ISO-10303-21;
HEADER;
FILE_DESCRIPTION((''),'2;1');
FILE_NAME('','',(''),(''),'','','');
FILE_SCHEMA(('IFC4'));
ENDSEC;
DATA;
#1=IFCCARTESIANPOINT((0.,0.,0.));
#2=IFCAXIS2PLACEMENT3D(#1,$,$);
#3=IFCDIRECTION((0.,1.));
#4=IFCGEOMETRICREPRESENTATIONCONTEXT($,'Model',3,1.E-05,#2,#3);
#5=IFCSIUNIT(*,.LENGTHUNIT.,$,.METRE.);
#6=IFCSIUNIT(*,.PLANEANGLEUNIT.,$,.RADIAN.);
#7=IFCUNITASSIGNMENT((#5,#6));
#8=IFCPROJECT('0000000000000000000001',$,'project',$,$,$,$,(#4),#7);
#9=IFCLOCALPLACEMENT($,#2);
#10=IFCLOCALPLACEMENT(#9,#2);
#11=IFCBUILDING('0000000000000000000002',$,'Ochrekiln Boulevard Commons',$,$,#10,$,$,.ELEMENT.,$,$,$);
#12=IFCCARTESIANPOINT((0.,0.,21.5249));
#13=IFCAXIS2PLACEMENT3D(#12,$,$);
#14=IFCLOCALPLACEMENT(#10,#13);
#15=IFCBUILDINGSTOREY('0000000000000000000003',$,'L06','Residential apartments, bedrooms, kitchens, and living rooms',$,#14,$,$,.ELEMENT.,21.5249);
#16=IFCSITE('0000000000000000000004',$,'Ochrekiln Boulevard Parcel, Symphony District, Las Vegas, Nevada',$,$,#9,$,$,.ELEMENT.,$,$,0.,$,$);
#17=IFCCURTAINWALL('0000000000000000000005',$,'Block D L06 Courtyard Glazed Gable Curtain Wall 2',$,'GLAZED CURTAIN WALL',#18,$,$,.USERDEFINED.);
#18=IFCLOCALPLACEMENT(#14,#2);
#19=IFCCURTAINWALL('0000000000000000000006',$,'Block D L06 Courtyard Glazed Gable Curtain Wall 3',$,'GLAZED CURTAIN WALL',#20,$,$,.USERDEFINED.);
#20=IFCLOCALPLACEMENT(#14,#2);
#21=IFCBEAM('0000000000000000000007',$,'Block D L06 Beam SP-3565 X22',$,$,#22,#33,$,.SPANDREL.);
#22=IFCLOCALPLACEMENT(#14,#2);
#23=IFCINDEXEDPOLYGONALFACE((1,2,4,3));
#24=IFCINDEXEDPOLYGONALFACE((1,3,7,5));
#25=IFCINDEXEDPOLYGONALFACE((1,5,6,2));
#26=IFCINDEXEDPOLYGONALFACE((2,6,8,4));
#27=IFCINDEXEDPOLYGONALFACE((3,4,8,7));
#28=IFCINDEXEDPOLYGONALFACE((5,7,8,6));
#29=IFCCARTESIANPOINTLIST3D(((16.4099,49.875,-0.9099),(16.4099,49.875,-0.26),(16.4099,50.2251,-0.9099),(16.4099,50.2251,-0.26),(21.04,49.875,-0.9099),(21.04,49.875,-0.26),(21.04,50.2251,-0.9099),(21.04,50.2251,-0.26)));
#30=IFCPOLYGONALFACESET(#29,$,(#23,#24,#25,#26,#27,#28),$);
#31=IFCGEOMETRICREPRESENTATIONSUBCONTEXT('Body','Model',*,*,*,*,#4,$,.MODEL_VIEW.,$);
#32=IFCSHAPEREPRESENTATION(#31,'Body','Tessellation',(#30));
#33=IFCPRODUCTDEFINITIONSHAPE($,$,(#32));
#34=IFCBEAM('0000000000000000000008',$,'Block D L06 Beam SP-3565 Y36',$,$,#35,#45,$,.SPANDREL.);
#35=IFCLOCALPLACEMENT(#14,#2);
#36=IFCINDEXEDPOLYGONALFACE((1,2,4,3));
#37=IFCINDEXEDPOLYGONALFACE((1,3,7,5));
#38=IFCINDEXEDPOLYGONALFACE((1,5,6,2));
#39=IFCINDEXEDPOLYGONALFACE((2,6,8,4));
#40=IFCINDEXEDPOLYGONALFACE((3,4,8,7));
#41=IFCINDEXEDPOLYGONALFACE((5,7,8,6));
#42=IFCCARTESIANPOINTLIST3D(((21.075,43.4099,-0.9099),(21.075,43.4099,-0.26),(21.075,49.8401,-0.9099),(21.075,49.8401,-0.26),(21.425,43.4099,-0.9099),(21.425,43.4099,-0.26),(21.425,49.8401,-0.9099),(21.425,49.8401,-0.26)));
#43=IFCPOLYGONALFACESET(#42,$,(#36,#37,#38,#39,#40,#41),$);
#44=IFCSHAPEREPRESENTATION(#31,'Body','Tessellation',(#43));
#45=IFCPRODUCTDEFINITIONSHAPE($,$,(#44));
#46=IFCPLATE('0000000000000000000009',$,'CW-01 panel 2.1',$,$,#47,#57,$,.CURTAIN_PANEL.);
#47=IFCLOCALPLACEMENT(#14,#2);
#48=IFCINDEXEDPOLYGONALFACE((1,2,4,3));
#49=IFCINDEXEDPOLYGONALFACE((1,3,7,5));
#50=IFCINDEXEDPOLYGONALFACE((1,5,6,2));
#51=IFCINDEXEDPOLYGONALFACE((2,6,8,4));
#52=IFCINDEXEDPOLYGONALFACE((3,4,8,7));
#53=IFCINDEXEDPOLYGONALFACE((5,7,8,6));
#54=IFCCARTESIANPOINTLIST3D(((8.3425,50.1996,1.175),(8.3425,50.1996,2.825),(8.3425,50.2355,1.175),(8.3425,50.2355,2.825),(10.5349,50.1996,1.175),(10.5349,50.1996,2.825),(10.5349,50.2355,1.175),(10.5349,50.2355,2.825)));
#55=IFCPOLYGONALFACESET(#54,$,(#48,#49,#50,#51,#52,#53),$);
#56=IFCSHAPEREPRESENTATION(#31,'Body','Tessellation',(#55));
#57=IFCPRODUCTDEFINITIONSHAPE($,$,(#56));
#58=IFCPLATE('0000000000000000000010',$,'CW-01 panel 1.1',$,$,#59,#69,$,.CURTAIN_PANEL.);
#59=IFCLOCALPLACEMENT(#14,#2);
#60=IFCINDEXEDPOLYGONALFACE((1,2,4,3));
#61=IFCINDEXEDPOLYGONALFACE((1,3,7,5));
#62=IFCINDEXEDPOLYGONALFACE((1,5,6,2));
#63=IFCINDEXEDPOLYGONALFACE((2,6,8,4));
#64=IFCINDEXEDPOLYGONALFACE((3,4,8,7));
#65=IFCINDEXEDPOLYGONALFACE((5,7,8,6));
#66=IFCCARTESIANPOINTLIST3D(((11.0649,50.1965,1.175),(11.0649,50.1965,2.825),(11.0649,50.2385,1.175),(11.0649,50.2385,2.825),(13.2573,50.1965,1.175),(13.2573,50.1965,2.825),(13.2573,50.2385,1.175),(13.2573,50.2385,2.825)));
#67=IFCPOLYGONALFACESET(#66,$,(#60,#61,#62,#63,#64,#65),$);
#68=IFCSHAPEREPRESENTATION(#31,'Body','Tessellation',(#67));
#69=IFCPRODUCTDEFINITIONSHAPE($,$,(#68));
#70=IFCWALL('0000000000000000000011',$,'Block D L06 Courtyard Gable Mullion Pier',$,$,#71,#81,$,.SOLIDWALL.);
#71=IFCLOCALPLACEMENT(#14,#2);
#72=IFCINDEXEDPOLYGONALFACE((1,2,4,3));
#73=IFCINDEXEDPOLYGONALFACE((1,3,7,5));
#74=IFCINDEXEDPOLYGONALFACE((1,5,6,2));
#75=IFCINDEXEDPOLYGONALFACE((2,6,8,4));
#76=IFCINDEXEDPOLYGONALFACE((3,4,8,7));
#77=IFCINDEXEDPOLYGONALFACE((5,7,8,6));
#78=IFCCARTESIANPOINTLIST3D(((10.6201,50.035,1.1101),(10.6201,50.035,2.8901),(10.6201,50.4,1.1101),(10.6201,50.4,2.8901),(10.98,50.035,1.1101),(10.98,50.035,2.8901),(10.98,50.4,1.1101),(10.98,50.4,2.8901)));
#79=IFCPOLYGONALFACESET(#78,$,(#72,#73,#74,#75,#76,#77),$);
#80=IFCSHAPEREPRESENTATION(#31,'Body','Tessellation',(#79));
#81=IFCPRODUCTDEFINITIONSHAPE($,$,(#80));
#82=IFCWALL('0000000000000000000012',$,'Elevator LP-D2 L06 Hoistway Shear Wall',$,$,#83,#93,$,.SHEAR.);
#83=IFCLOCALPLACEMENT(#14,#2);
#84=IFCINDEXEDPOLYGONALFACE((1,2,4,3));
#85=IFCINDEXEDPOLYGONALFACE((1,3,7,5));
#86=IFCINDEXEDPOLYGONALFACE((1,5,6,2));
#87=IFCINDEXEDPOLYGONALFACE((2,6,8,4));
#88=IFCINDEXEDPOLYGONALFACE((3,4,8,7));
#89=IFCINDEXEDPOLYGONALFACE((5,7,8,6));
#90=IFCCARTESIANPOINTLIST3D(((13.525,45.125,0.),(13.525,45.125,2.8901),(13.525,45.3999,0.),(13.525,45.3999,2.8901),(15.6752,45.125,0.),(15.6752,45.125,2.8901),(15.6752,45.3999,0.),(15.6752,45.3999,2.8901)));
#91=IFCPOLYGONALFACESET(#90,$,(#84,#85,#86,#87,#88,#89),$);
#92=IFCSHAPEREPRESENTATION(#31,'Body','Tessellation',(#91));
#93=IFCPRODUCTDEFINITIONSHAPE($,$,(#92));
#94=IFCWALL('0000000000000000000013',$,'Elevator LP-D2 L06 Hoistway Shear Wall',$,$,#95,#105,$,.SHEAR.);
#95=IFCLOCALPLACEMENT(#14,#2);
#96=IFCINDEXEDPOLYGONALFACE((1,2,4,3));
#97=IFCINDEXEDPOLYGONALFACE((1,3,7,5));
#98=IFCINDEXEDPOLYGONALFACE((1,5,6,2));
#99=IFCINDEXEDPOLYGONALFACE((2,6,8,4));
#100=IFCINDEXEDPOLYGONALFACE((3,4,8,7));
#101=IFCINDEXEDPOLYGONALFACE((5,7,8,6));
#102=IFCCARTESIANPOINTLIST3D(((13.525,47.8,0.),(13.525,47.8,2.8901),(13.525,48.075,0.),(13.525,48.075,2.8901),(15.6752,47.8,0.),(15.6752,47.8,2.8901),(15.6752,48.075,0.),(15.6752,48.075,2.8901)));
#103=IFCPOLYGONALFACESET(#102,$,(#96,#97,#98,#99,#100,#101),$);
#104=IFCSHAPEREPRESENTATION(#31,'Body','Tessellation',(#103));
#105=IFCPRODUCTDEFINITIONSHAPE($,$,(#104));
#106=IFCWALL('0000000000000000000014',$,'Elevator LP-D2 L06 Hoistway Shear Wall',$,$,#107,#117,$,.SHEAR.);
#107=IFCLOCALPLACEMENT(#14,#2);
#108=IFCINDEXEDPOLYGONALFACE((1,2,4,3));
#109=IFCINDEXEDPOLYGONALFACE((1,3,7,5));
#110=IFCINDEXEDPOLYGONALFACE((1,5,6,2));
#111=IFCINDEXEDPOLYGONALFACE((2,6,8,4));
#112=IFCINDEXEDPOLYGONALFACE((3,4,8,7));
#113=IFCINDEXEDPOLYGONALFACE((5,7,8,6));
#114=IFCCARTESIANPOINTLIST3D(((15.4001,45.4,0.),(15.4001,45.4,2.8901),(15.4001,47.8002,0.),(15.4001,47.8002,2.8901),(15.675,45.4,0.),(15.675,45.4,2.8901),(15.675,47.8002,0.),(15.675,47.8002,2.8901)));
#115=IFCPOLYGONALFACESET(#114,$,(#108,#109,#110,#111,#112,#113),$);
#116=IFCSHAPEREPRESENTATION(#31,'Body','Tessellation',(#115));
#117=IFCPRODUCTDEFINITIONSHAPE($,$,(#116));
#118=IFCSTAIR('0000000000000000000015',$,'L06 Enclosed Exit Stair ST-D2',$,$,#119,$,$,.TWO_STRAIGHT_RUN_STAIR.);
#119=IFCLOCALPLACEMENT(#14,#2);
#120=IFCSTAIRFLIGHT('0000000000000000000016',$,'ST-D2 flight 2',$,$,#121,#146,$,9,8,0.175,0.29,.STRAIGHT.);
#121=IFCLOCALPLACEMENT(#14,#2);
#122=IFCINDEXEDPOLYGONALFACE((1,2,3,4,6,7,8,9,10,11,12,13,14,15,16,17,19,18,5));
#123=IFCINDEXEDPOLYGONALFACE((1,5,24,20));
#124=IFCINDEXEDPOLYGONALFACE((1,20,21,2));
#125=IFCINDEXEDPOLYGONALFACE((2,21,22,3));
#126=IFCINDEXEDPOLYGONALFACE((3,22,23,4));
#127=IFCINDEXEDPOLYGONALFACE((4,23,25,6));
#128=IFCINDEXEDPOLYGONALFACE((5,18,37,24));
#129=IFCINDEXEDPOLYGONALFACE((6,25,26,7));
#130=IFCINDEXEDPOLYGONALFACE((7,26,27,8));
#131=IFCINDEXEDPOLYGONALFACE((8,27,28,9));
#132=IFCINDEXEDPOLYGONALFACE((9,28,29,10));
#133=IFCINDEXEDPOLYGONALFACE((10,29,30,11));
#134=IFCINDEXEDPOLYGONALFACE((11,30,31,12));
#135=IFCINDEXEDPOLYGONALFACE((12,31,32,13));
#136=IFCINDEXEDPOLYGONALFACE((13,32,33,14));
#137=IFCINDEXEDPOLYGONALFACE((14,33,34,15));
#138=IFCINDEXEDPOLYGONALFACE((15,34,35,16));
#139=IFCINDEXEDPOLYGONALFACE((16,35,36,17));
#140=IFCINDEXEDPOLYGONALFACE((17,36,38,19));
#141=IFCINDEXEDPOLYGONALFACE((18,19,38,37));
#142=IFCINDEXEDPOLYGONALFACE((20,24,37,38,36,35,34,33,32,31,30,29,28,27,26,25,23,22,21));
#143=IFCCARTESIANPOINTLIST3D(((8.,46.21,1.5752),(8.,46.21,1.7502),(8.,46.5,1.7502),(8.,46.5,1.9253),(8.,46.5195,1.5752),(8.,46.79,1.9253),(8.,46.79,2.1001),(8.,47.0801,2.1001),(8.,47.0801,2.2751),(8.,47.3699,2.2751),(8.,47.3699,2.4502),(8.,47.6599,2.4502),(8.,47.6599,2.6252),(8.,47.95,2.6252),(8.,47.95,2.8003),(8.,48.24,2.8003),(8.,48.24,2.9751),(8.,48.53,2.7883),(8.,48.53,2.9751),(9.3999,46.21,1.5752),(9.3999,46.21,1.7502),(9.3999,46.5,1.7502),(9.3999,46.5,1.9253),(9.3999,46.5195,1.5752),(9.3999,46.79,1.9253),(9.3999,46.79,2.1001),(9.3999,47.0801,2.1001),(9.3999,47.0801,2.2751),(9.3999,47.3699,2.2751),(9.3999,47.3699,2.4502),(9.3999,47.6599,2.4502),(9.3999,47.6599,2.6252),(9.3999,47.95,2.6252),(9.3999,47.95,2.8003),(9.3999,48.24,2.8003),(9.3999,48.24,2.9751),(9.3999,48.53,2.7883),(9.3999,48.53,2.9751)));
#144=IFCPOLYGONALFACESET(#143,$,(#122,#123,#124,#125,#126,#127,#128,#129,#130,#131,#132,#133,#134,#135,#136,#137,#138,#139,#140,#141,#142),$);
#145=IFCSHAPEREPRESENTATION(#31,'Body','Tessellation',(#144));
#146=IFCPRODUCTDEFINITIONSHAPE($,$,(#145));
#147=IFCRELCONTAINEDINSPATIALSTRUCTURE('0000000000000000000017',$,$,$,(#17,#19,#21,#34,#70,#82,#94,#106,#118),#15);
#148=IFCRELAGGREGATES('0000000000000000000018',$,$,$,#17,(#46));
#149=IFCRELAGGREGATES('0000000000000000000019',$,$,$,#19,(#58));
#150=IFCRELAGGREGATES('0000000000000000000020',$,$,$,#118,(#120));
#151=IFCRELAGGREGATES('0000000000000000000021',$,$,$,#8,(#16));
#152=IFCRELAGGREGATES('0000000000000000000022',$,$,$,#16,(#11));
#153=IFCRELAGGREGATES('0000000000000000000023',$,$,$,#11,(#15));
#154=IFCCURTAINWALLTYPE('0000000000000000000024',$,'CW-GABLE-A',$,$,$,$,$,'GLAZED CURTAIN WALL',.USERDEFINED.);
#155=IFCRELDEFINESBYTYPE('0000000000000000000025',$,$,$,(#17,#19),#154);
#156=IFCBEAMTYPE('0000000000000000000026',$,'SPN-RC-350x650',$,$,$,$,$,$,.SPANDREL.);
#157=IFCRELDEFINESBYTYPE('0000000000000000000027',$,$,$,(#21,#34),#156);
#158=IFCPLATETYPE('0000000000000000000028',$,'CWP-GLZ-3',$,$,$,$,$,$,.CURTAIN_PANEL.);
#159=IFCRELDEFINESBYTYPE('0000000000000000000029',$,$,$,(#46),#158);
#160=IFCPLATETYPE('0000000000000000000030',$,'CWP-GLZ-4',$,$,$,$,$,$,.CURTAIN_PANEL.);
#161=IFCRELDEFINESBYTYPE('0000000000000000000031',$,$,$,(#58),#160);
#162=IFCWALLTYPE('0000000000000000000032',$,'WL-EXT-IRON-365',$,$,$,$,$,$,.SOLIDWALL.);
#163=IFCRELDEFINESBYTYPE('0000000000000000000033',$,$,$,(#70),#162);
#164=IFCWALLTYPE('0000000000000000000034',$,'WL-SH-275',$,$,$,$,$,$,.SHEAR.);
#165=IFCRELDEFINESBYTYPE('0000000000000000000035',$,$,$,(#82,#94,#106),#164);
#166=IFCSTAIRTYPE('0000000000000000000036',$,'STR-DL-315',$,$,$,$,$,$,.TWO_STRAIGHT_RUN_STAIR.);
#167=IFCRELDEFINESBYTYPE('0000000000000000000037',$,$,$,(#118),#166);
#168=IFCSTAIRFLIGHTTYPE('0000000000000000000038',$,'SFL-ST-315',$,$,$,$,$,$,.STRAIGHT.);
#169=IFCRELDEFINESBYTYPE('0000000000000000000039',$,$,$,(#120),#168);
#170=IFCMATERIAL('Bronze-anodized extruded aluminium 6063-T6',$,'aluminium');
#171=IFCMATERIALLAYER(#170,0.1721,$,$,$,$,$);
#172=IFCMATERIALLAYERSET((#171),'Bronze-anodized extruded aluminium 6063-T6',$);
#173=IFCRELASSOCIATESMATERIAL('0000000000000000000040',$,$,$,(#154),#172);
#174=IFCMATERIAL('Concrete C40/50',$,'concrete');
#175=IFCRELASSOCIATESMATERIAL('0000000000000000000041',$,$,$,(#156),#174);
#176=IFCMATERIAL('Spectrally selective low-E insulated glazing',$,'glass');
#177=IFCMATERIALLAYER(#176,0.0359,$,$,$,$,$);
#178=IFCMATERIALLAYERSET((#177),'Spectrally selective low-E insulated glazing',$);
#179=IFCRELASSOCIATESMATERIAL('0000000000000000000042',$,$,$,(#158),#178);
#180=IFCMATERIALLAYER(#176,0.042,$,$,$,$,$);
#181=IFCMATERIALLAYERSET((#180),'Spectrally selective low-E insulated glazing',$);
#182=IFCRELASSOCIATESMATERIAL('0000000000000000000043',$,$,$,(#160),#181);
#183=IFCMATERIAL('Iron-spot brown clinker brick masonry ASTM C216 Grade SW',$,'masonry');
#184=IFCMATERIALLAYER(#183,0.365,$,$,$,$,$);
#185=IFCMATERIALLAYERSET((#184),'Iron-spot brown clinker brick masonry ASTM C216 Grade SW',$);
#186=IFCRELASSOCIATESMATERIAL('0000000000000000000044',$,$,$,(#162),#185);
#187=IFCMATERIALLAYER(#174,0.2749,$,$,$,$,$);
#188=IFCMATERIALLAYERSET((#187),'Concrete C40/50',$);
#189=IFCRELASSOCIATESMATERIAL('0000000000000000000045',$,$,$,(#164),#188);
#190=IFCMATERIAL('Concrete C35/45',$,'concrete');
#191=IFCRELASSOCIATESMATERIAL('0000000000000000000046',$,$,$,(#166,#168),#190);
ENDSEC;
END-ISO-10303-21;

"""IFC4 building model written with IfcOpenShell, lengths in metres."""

from ifc_helpers import new_model, si_unit, direction, frame, frame_2d, origin, origin_2d, place, context, subcontext, project, spatial, polyline, rectangle, outline, extrude, material, layer, layer_set, material_profile, profile_set, type_object, element, aggregate, save


model = new_model("IFC4")

# Units and contexts
model_context = context("Model", 3, precision=1e-05, world=origin(), true_north=direction((0.0, 1.0)))
body_context = subcontext(model_context, "Body", "Model", "MODEL_VIEW")
ifc_project = project(units=[si_unit("LENGTHUNIT", "METRE"), si_unit("PLANEANGLEUNIT", "RADIAN")], contexts=[model_context])

# Site, building, storey
site_placement = place(None, origin())
site = spatial("IfcSite", under=ifc_project, at=site_placement, Name="Ochrekiln Boulevard Parcel, Symphony District, Las Vegas, Nevada", CompositionType="ELEMENT", RefElevation=0.0)
building_placement = place(site_placement, origin())
building = spatial("IfcBuilding", under=site, at=building_placement, Name="Ochrekiln Boulevard Commons", CompositionType="ELEMENT")
storey_placement = place(building_placement, frame((0.0, 0.0, 21.5249)))
storey = spatial("IfcBuildingStorey", under=building, at=storey_placement, Name="L06", Description="Residential apartments, bedrooms, kitchens, and living rooms", CompositionType="ELEMENT", Elevation=21.5249)

# Shared definitions
ifc_material_1 = material(Name="Concrete C35/45", Category="concrete")
ifc_material_2 = material(Name="Concrete C40/50", Category="concrete")

# Curtain walls
ifc_material_3 = material(Name="Bronze-anodized extruded aluminium 6063-T6", Category="aluminium")
ifc_layer_1 = layer(ifc_material_3, 0.1721)
ifc_layer_set_1 = layer_set([ifc_layer_1], Name="Bronze-anodized extruded aluminium 6063-T6")
curtain_wall_type = type_object("IfcCurtainWallType", Name="CW-GABLE-A", ElementType="GLAZED CURTAIN WALL", PredefinedType="USERDEFINED", material=ifc_layer_set_1)
curtain_wall_1_placement = place(storey_placement, origin())
curtain_wall_1 = element("IfcCurtainWall", 1, at=curtain_wall_1_placement, inside=storey, type_object=curtain_wall_type, Name="Block D L06 Courtyard Glazed Gable Curtain Wall 2", ObjectType="GLAZED CURTAIN WALL", PredefinedType="USERDEFINED")
curtain_wall_2_placement = place(storey_placement, origin())
curtain_wall_2 = element("IfcCurtainWall", 2, at=curtain_wall_2_placement, inside=storey, type_object=curtain_wall_type, Name="Block D L06 Courtyard Glazed Gable Curtain Wall 3", ObjectType="GLAZED CURTAIN WALL", PredefinedType="USERDEFINED")

# Beams
ifc_material_profile_1 = material_profile(ifc_material_2, rectangle(XDim=0.3501, YDim=0.6499, at=origin_2d()), Name="RC-SPN-350x650")
ifc_profile_set_1 = profile_set([ifc_material_profile_1], Name="Concrete C40/50")
beam_type_1 = type_object("IfcBeamType", Name="SPN-RC-350x650", PredefinedType="SPANDREL", material=ifc_profile_set_1)
beam_1_placement = place(storey_placement, frame((16.4099, 50.05, -0.585), z_axis=(1.0, 0.0, 0.0), x_axis=(0.0, 1.0, 0.0)))
element("IfcBeam", 3, at=beam_1_placement, inside=storey, type_object=beam_type_1, Name="Block D L06 Beam SP-3565 X22", PredefinedType="SPANDREL", context=body_context, shape_type="SweptSolid", body=[
    extrude(rectangle(XDim=0.3501, YDim=0.6499, at=origin_2d()), origin(), (0.0, 0.0, 1.0), 4.6301),
])
beam_2_placement = place(storey_placement, frame((21.25, 43.4099, -0.585), z_axis=(0.0, 1.0, 0.0), x_axis=(-1.0, 0.0, 0.0)))
element("IfcBeam", 4, at=beam_2_placement, inside=storey, type_object=beam_type_1, Name="Block D L06 Beam SP-3565 Y36", PredefinedType="SPANDREL", context=body_context, shape_type="SweptSolid", body=[
    extrude(rectangle(XDim=0.3501, YDim=0.6499, at=origin_2d()), origin(), (0.0, 0.0, 1.0), 6.4302),
])

# Plates
ifc_material_4 = material(Name="Spectrally selective low-E insulated glazing", Category="glass")
ifc_layer_2 = layer(ifc_material_4, 0.0359)
ifc_layer_set_2 = layer_set([ifc_layer_2], Name="Spectrally selective low-E insulated glazing")
plate_type_1 = type_object("IfcPlateType", Name="CWP-GLZ-3", PredefinedType="CURTAIN_PANEL", material=ifc_layer_set_2)
plate_1_placement = place(storey_placement, frame((9.4387, 50.2175, 1.175), z_axis=(0.0, 0.0, 1.0), x_axis=(1.0, 0.0, 0.0)))
plate_1 = element("IfcPlate", 5, at=plate_1_placement, type_object=plate_type_1, Name="CW-01 panel 2.1", PredefinedType="CURTAIN_PANEL", context=body_context, shape_type="SweptSolid", body=[
    extrude(rectangle(XDim=2.1924, YDim=0.0359, at=origin_2d()), origin(), (0.0, 0.0, 1.0), 1.6499),
])
aggregate(curtain_wall_1, [plate_1])
ifc_layer_3 = layer(ifc_material_4, 0.042)
ifc_layer_set_3 = layer_set([ifc_layer_3], Name="Spectrally selective low-E insulated glazing")
plate_type_2 = type_object("IfcPlateType", Name="CWP-GLZ-4", PredefinedType="CURTAIN_PANEL", material=ifc_layer_set_3)
plate_2_placement = place(storey_placement, frame((12.1611, 50.2175, 1.175), z_axis=(0.0, 0.0, 1.0), x_axis=(1.0, 0.0, 0.0)))
plate_2 = element("IfcPlate", 6, at=plate_2_placement, type_object=plate_type_2, Name="CW-01 panel 1.1", PredefinedType="CURTAIN_PANEL", context=body_context, shape_type="SweptSolid", body=[
    extrude(rectangle(XDim=2.1924, YDim=0.042, at=origin_2d()), origin(), (0.0, 0.0, 1.0), 1.6499),
])
aggregate(curtain_wall_2, [plate_2])

# Wall
ifc_material_5 = material(Name="Iron-spot brown clinker brick masonry ASTM C216 Grade SW", Category="masonry")
ifc_layer_4 = layer(ifc_material_5, 0.365)
ifc_layer_set_4 = layer_set([ifc_layer_4], Name="Iron-spot brown clinker brick masonry ASTM C216 Grade SW")
wall_type_1 = type_object("IfcWallType", Name="WL-EXT-IRON-365", PredefinedType="SOLIDWALL", material=ifc_layer_set_4)
wall_1_placement = place(storey_placement, frame((10.6201, 50.2175, 1.1101), z_axis=(0.0, 0.0, 1.0), x_axis=(1.0, 0.0, 0.0)))
element("IfcWall", 7, at=wall_1_placement, inside=storey, type_object=wall_type_1, Name="Block D L06 Courtyard Gable Mullion Pier", PredefinedType="SOLIDWALL", context=body_context, shape_type="SweptSolid", body=[
    extrude(rectangle(XDim=0.3599, YDim=0.365, at=frame_2d((0.1799, 0.0))), origin(), (0.0, 0.0, 1.0), 1.78),
])

# Walls
ifc_layer_5 = layer(ifc_material_2, 0.2749)
ifc_layer_set_5 = layer_set([ifc_layer_5], Name="Concrete C40/50")
wall_type_2 = type_object("IfcWallType", Name="WL-SH-275", PredefinedType="SHEAR", material=ifc_layer_set_5)
for number, where, z_axis, x_axis, name in (
    (8, (13.5249, 45.2625, 0.0), (0.0, 0.0, 1.0), (1.0, 0.0, 0.0), "Elevator LP-D2 L06 Hoistway Shear Wall"),
    (9, (13.5249, 47.9375, 0.0), (0.0, 0.0, 1.0), (1.0, 0.0, 0.0), "Elevator LP-D2 L06 Hoistway Shear Wall"),
):
    element("IfcWall", number, at=place(storey_placement, frame(where, z_axis=z_axis, x_axis=x_axis)), inside=storey, type_object=wall_type_2, Name=name, PredefinedType="SHEAR", context=body_context, shape_type="SweptSolid", body=[
        extrude(rectangle(XDim=2.1501, YDim=0.2749, at=frame_2d((1.0752, 0.0))), origin(), (0.0, 0.0, 1.0), 2.8901),
    ])

# Wall
wall_2_placement = place(storey_placement, frame((15.5376, 45.3999, 0.0), z_axis=(0.0, 0.0, 1.0), x_axis=(0.0, 1.0, 0.0)))
element("IfcWall", 10, at=wall_2_placement, inside=storey, type_object=wall_type_2, Name="Elevator LP-D2 L06 Hoistway Shear Wall", PredefinedType="SHEAR", context=body_context, shape_type="SweptSolid", body=[
    extrude(rectangle(XDim=2.4001, YDim=0.2749, at=frame_2d((1.2002, 0.0))), origin(), (0.0, 0.0, 1.0), 2.8901),
])

# Stair, stair flight
stair_type = type_object("IfcStairType", Name="STR-DL-315", PredefinedType="TWO_STRAIGHT_RUN_STAIR", material=ifc_material_1)
stair_placement = place(storey_placement, origin())
stair = element("IfcStair", 11, at=stair_placement, inside=storey, type_object=stair_type, Name="L06 Enclosed Exit Stair ST-D2", PredefinedType="TWO_STRAIGHT_RUN_STAIR")
stair_flight_type = type_object("IfcStairFlightType", Name="SFL-ST-315", PredefinedType="STRAIGHT", material=ifc_material_1)
stair_flight_placement = place(storey_placement, frame((8.7, 46.21, 1.5752), z_axis=(0.0, 0.0, 1.0), x_axis=(0.0, 1.0, 0.0)))
stair_flight = element("IfcStairFlight", 12, at=stair_flight_placement, type_object=stair_flight_type, Name="ST-D2 flight 2", NumberOfRisers=9, NumberOfTreads=8, PredefinedType="STRAIGHT", RiserHeight=0.175, TreadLength=0.29, context=body_context, shape_type="SweptSolid", body=[
    extrude(outline(polyline([(0.0, 0.0), (0.0, 0.175), (0.29, 0.175), (0.29, 0.3501), (0.5801, 0.3501), (0.5801, 0.5249), (0.8701, 0.5249), (0.8701, 0.7), (1.1599, 0.7), (1.1599, 0.875), (1.45, 0.875), (1.45, 1.05), (1.74, 1.05), (1.74, 1.2251), (2.03, 1.2251), (2.03, 1.3999), (2.3201, 1.3999), (2.3201, 1.575), (2.3201, 1.2131), (0.3096, 0.0), (0.0, 0.0)])), frame((0.0, 0.7, 0.0), z_axis=(0.0, -1.0, 0.0), x_axis=(1.0, 0.0, 0.0)), (0.0, 0.0, 1.0), 1.3999),
])
aggregate(stair, [stair_flight])

save(model, "model.ifc")
